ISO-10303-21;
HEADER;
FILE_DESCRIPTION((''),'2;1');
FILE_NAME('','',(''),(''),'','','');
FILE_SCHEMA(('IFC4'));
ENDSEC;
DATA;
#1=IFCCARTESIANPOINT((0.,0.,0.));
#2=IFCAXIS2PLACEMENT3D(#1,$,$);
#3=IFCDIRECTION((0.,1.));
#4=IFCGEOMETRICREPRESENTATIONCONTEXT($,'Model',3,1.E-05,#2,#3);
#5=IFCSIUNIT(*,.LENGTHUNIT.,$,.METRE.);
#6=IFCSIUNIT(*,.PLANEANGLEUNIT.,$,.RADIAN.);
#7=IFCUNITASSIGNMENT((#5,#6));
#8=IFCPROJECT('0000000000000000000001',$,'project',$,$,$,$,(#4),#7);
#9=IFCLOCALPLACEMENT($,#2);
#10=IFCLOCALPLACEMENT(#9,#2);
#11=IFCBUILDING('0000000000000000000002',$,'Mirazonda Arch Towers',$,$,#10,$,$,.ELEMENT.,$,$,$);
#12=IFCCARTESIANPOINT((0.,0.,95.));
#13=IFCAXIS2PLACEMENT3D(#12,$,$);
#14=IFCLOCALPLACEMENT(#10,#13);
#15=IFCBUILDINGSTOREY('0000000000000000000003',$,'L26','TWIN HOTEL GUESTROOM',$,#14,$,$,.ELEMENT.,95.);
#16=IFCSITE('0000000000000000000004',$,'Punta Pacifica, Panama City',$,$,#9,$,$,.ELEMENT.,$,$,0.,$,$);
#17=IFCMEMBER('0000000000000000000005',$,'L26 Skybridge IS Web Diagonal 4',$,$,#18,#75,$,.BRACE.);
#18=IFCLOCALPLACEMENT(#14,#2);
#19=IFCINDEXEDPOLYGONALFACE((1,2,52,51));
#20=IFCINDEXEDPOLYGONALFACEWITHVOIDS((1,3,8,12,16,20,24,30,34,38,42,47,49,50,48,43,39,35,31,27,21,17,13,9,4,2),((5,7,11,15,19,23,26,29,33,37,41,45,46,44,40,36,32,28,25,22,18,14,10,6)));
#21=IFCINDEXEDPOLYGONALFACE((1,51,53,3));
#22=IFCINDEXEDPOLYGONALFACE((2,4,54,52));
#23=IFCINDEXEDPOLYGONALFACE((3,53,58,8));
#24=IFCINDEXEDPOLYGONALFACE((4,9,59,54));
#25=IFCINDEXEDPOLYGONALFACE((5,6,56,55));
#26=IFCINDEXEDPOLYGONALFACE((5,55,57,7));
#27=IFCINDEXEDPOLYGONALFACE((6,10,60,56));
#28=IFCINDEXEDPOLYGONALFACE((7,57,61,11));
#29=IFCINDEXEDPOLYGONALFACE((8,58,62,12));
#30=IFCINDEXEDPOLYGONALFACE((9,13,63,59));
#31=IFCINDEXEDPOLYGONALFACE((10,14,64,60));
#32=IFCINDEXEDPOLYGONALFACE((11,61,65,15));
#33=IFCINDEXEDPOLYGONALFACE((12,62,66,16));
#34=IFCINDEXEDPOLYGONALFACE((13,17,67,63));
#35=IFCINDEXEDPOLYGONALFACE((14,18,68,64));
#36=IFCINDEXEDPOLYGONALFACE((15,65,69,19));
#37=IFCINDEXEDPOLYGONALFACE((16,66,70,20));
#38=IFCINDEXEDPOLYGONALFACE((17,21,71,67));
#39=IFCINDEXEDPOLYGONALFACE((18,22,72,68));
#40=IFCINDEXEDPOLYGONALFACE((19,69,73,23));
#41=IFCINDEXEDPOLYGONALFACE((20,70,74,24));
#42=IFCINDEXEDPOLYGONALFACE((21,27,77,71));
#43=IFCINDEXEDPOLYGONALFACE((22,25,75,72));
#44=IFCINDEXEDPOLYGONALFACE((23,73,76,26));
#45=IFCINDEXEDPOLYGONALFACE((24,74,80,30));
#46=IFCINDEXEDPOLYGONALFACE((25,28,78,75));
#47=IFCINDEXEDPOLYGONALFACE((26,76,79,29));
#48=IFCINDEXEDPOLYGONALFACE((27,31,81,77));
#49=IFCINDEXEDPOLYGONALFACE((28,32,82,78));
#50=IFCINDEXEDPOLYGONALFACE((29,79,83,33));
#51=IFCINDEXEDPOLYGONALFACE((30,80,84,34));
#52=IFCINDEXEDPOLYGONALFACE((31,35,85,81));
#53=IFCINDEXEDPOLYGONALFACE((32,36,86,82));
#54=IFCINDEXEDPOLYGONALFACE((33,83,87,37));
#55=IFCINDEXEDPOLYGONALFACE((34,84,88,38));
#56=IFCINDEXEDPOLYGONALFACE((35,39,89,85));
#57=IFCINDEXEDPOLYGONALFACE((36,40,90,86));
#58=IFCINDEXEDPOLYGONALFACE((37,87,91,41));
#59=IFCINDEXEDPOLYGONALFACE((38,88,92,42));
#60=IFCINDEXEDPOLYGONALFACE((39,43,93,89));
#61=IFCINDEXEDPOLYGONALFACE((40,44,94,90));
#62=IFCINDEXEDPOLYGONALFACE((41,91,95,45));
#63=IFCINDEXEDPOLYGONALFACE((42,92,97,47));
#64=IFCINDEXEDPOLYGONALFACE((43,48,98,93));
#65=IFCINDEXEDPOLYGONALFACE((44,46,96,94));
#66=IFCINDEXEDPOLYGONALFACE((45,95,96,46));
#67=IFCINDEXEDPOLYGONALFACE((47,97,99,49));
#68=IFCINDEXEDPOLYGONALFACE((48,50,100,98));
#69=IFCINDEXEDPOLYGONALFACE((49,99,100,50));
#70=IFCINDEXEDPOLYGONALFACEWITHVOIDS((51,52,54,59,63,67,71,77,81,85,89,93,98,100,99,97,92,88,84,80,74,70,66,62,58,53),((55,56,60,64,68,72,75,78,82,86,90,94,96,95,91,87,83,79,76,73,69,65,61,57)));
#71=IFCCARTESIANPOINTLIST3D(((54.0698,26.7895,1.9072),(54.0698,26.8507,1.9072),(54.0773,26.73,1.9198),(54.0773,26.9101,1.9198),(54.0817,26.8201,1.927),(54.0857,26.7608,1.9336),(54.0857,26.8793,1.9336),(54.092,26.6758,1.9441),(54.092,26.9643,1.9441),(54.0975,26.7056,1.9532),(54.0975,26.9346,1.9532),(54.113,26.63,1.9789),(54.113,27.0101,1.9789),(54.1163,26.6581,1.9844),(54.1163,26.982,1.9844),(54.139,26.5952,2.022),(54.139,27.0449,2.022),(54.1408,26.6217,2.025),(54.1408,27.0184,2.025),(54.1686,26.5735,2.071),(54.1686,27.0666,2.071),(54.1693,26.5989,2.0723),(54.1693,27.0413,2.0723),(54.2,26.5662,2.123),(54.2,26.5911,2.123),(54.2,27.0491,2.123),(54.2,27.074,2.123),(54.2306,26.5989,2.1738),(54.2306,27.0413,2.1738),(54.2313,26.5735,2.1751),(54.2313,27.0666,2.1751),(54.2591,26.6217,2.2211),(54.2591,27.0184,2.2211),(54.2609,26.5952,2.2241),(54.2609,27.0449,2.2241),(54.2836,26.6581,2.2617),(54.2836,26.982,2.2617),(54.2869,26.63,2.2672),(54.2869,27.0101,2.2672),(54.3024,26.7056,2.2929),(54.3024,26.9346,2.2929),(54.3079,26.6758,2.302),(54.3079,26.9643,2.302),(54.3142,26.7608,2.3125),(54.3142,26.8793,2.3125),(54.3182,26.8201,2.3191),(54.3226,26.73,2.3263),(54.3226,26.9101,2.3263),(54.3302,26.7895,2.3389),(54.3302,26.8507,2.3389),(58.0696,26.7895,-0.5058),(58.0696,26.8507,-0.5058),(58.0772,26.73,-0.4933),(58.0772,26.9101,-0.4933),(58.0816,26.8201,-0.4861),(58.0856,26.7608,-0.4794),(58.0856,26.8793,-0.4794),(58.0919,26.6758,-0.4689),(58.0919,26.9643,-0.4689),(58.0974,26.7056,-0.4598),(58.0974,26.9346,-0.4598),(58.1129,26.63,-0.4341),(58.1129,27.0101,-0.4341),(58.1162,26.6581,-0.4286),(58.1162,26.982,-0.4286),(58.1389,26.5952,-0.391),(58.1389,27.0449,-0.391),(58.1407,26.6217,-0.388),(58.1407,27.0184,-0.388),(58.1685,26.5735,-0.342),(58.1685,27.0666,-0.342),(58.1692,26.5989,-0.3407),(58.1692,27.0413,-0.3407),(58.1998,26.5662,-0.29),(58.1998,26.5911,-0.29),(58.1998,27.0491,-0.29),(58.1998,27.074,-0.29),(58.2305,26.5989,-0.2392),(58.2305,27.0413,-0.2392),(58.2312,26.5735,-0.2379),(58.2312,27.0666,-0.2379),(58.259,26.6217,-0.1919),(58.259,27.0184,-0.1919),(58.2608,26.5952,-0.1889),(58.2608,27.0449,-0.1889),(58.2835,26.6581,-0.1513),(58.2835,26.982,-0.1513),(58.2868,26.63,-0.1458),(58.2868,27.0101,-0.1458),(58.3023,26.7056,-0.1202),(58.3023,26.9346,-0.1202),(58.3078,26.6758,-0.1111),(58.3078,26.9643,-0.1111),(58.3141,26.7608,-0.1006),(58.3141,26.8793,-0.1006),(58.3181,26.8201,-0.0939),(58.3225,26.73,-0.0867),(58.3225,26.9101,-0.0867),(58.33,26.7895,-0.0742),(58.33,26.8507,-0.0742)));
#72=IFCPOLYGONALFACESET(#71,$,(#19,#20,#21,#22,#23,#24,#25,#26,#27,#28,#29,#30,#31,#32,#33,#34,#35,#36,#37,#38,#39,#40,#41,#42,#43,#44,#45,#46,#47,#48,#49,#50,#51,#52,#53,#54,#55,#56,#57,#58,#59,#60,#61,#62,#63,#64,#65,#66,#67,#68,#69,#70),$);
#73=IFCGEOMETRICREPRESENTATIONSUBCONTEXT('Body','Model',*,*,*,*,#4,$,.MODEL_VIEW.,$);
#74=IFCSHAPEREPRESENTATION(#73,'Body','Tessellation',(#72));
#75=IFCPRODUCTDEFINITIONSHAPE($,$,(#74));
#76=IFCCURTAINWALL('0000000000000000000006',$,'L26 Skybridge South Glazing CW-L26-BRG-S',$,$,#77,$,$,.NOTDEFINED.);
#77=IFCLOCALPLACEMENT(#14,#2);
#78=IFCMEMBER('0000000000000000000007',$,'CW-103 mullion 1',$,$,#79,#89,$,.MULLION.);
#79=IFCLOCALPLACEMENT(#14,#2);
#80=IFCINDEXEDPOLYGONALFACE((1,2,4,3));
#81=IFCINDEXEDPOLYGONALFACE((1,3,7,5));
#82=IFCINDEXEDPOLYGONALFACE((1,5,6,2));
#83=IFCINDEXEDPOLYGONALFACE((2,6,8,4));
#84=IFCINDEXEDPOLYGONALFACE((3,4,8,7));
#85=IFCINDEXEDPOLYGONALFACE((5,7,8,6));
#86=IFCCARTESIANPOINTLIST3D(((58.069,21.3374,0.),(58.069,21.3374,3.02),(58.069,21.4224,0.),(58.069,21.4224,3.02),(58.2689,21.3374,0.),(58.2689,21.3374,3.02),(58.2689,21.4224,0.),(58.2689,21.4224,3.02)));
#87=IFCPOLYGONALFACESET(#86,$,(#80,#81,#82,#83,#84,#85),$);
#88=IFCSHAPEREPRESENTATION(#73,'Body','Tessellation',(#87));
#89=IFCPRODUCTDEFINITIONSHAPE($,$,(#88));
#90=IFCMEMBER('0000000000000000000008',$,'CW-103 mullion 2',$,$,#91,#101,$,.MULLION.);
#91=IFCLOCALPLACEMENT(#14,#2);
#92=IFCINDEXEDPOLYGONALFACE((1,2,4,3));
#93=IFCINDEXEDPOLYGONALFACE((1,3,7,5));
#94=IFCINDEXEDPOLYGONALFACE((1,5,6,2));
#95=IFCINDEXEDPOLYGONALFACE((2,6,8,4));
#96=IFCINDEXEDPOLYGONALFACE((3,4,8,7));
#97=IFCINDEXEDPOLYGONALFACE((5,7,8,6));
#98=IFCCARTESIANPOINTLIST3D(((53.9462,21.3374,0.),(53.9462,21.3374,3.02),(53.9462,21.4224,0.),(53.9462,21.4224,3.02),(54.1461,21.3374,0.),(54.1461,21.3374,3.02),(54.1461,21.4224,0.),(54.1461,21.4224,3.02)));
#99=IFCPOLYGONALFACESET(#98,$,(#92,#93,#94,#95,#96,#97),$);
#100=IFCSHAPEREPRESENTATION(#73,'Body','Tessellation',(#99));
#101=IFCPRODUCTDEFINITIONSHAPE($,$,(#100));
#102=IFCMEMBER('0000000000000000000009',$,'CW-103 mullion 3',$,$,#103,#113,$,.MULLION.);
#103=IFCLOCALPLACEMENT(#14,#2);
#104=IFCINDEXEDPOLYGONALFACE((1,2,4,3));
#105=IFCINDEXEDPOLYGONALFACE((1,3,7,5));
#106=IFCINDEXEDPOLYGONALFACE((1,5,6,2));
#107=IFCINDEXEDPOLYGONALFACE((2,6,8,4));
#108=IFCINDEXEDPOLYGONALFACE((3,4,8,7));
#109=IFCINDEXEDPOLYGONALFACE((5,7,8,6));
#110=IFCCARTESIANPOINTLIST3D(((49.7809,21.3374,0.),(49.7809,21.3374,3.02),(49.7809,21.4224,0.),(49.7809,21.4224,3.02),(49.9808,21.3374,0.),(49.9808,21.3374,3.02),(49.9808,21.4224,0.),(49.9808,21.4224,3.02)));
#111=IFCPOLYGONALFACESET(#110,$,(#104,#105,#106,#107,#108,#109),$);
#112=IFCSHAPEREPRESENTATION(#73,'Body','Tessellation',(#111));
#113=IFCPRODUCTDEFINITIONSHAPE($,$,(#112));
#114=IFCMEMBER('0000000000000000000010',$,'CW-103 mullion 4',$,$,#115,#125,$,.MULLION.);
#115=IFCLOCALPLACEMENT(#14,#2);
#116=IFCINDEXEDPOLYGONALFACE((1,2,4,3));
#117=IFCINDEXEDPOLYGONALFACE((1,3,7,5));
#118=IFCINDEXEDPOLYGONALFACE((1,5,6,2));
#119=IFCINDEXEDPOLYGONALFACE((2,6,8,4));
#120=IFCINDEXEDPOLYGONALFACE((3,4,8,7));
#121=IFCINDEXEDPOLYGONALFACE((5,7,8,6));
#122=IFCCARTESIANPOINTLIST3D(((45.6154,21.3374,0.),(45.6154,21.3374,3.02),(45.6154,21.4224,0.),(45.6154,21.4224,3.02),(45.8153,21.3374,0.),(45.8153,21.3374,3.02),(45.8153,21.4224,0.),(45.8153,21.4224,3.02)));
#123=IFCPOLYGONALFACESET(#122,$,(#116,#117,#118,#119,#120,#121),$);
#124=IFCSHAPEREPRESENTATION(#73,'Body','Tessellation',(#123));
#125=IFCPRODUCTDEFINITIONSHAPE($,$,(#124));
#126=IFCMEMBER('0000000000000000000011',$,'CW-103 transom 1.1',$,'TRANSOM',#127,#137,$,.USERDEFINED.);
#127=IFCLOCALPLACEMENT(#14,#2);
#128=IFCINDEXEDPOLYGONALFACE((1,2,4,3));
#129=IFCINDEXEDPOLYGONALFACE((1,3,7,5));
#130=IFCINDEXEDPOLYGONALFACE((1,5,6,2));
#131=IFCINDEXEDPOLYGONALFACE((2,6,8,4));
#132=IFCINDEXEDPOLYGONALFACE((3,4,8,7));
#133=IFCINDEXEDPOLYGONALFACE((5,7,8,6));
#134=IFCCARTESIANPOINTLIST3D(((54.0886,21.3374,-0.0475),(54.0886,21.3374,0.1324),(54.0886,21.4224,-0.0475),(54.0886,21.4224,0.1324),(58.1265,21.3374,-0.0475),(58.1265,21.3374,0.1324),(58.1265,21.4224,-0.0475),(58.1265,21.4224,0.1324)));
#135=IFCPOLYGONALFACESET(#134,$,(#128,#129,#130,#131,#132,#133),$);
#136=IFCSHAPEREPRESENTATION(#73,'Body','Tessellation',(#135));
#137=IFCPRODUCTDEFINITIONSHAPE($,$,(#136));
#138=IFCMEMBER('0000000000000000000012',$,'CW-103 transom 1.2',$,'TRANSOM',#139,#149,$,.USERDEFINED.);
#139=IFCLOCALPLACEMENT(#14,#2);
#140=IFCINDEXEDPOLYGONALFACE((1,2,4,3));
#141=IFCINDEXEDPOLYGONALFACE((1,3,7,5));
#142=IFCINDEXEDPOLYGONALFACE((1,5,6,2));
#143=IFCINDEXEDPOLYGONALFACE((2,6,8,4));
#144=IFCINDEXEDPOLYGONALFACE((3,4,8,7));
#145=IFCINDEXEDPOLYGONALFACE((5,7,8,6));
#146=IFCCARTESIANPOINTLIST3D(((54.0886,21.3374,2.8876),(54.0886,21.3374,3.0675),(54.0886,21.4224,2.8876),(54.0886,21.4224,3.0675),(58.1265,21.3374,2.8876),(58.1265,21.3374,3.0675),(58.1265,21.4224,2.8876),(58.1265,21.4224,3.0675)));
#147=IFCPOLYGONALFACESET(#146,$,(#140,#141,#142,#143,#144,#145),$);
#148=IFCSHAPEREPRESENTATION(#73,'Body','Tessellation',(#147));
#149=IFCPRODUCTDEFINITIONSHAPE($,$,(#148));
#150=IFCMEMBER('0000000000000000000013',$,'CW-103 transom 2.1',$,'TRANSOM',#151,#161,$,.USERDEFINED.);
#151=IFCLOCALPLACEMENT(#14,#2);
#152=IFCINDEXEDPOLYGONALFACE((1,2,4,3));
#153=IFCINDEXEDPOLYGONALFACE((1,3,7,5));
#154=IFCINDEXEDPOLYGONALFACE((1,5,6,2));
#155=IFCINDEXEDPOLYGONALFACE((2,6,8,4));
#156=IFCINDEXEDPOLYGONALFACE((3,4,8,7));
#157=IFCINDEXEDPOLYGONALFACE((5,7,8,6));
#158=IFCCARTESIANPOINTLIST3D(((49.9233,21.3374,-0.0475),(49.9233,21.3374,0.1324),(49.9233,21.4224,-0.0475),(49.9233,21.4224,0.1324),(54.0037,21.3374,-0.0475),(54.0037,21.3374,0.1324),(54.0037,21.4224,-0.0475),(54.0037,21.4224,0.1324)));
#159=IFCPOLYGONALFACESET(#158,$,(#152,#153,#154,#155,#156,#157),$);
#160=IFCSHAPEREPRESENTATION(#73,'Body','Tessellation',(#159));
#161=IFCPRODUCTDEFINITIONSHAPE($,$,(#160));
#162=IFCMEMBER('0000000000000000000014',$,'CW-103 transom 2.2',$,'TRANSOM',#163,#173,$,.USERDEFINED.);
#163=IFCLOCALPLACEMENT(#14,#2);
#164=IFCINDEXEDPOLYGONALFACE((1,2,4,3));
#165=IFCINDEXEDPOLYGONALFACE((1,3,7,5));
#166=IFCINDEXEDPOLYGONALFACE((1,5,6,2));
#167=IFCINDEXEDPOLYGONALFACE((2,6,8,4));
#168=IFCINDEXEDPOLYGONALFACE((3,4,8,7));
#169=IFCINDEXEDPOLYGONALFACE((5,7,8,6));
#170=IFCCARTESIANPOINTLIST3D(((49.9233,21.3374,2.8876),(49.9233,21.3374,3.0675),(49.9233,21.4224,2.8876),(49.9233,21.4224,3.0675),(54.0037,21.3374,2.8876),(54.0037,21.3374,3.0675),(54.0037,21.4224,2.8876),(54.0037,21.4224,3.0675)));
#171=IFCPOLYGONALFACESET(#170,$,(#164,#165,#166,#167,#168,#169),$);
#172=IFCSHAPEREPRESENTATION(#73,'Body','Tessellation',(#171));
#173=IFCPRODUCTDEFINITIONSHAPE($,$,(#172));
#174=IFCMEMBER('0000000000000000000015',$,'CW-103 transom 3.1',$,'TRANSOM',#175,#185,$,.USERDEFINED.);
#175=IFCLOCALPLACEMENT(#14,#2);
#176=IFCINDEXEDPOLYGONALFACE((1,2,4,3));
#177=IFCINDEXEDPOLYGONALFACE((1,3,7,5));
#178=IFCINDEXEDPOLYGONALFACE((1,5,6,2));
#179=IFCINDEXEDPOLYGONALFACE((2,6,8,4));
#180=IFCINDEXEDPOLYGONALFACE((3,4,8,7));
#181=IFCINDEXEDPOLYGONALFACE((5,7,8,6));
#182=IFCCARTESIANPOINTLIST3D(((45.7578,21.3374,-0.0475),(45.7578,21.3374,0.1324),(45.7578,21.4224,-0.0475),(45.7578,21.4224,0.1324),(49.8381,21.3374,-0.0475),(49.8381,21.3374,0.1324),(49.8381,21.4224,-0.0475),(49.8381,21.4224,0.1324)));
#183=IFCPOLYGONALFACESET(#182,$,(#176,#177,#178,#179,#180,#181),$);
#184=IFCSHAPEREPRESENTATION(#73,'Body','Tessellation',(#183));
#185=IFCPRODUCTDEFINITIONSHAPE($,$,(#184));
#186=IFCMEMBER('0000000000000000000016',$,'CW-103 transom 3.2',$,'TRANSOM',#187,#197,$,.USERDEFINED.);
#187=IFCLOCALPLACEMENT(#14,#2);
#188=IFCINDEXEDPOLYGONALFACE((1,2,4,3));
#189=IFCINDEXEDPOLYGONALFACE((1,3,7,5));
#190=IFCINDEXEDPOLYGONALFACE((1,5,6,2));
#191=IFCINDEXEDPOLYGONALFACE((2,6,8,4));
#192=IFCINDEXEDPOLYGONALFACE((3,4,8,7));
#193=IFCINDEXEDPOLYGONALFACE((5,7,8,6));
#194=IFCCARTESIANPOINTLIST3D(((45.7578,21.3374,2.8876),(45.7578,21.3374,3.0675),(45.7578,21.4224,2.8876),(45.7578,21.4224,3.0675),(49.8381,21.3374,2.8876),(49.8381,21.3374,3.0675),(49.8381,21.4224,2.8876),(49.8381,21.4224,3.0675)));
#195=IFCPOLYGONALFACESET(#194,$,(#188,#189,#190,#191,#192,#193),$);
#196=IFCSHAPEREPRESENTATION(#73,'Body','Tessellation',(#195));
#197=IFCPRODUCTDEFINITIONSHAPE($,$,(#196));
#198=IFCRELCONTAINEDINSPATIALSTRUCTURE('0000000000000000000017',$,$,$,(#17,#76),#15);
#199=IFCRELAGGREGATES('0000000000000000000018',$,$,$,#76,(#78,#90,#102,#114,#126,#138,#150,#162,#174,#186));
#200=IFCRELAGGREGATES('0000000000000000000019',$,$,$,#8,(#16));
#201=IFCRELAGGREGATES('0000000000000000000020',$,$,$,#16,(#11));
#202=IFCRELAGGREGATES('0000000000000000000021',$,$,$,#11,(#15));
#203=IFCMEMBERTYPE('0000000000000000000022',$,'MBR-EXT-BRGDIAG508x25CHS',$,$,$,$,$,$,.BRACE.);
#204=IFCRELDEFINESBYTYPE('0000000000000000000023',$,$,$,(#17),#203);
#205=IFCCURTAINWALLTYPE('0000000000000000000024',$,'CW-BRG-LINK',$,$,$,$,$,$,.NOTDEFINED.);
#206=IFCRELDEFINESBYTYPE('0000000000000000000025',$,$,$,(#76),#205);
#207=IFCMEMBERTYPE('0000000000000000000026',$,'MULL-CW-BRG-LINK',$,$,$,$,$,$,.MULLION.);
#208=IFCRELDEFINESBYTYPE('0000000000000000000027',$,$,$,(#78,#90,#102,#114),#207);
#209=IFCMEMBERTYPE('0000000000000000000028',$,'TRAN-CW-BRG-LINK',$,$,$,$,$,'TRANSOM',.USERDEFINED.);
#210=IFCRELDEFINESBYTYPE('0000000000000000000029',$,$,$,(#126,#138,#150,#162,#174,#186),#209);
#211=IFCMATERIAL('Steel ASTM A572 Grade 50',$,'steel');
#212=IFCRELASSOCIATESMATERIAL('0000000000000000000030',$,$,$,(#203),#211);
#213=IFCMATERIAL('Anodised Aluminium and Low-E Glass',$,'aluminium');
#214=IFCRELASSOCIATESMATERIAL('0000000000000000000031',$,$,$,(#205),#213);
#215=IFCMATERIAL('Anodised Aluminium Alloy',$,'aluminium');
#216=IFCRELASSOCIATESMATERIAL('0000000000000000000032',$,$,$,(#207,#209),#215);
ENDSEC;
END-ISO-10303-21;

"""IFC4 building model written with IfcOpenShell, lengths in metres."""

from ifc_helpers import new_model, si_unit, direction, frame, origin, origin_2d, place, context, subcontext, project, spatial, rectangle, hollow_circle, extrude, material, material_profile, profile_set, type_object, element, aggregate, save


model = new_model("IFC4")

# Units and contexts
model_context = context("Model", 3, precision=1e-05, world=origin(), true_north=direction((0.0, 1.0)))
body_context = subcontext(model_context, "Body", "Model", "MODEL_VIEW")
ifc_project = project(units=[si_unit("LENGTHUNIT", "METRE"), si_unit("PLANEANGLEUNIT", "RADIAN")], contexts=[model_context])

# Site, building, storey
site_placement = place(None, origin())
site = spatial("IfcSite", under=ifc_project, at=site_placement, Name="Punta Pacifica, Panama City", CompositionType="ELEMENT", RefElevation=0.0)
building_placement = place(site_placement, origin())
building = spatial("IfcBuilding", under=site, at=building_placement, Name="Mirazonda Arch Towers", CompositionType="ELEMENT")
storey_placement = place(building_placement, frame((0.0, 0.0, 95.0)))
storey = spatial("IfcBuildingStorey", under=building, at=storey_placement, Name="L26", Description="TWIN HOTEL GUESTROOM", CompositionType="ELEMENT", Elevation=95.0)

# Member
ifc_material_1 = material(Name="Steel ASTM A572 Grade 50", Category="steel")
ifc_material_profile_1 = material_profile(ifc_material_1, hollow_circle(Radius=0.2539, WallThickness=0.0249, at=origin_2d()), Name="BRGDIAG508x25CHS")
ifc_profile_set_1 = profile_set([ifc_material_profile_1], Name="Steel ASTM A572 Grade 50")
member_type_1 = type_object("IfcMemberType", Name="MBR-EXT-BRGDIAG508x25CHS", PredefinedType="BRACE", material=ifc_profile_set_1)
for number, where, z_axis, x_axis, name in (
    (1, (54.2, 26.8201, 2.123), (0.856255, 0.0, -0.516554), (0.0, 1.0, 0.0), "L26 Skybridge IS Web Diagonal 4"),
):
    element("IfcMember", number, at=place(storey_placement, frame(where, z_axis=z_axis, x_axis=x_axis)), inside=storey, type_object=member_type_1, Name=name, PredefinedType="BRACE", context=body_context, shape_type="SweptSolid", body=[
        extrude(hollow_circle(Radius=0.2539, WallThickness=0.0249, at=origin_2d()), origin(), (0.0, 0.0, 1.0), 4.6714),
    ])

# Curtain wall, members
ifc_material_2 = material(Name="Anodised Aluminium and Low-E Glass", Category="aluminium")
curtain_wall_type = type_object("IfcCurtainWallType", Name="CW-BRG-LINK", PredefinedType="NOTDEFINED", material=ifc_material_2)
curtain_wall_placement = place(storey_placement, origin())
curtain_wall = element("IfcCurtainWall", 2, at=curtain_wall_placement, inside=storey, type_object=curtain_wall_type, Name="L26 Skybridge South Glazing CW-L26-BRG-S", PredefinedType="NOTDEFINED")
ifc_material_3 = material(Name="Anodised Aluminium Alloy", Category="aluminium")
ifc_material_profile_2 = material_profile(ifc_material_3, rectangle(XDim=0.085, YDim=0.2, at=origin_2d()), Name="ALU-MULL-85x200")
ifc_profile_set_2 = profile_set([ifc_material_profile_2], Name="Anodised Aluminium Alloy")
member_type_2 = type_object("IfcMemberType", Name="MULL-CW-BRG-LINK", PredefinedType="MULLION", material=ifc_profile_set_2)
member_1_placement = place(storey_placement, frame((58.1689, 21.3799, 0.0), z_axis=(0.0, 0.0, 1.0), x_axis=(0.0, -1.0, 0.0)))
member_1 = element("IfcMember", 3, at=member_1_placement, type_object=member_type_2, Name="CW-103 mullion 1", PredefinedType="MULLION", context=body_context, shape_type="SweptSolid", body=[
    extrude(rectangle(XDim=0.085, YDim=0.2, at=origin_2d()), origin(), (0.0, 0.0, 1.0), 3.02),
])
member_2_placement = place(storey_placement, frame((54.0461, 21.3799, 0.0), z_axis=(0.0, 0.0, 1.0), x_axis=(0.0, -1.0, 0.0)))
member_2 = element("IfcMember", 4, at=member_2_placement, type_object=member_type_2, Name="CW-103 mullion 2", PredefinedType="MULLION", context=body_context, shape_type="SweptSolid", body=[
    extrude(rectangle(XDim=0.085, YDim=0.2, at=origin_2d()), origin(), (0.0, 0.0, 1.0), 3.02),
])
member_3_placement = place(storey_placement, frame((49.8809, 21.3799, 0.0), z_axis=(0.0, 0.0, 1.0), x_axis=(0.0, -1.0, 0.0)))
member_3 = element("IfcMember", 5, at=member_3_placement, type_object=member_type_2, Name="CW-103 mullion 3", PredefinedType="MULLION", context=body_context, shape_type="SweptSolid", body=[
    extrude(rectangle(XDim=0.085, YDim=0.2, at=origin_2d()), origin(), (0.0, 0.0, 1.0), 3.02),
])
member_4_placement = place(storey_placement, frame((45.7153, 21.3799, 0.0), z_axis=(0.0, 0.0, 1.0), x_axis=(0.0, -1.0, 0.0)))
member_4 = element("IfcMember", 6, at=member_4_placement, type_object=member_type_2, Name="CW-103 mullion 4", PredefinedType="MULLION", context=body_context, shape_type="SweptSolid", body=[
    extrude(rectangle(XDim=0.085, YDim=0.2, at=origin_2d()), origin(), (0.0, 0.0, 1.0), 3.02),
])
ifc_material_profile_3 = material_profile(ifc_material_3, rectangle(XDim=0.085, YDim=0.1799, at=origin_2d()), Name="ALU-TRAN-85x180")
ifc_profile_set_3 = profile_set([ifc_material_profile_3], Name="Anodised Aluminium Alloy")
member_type_3 = type_object("IfcMemberType", Name="TRAN-CW-BRG-LINK", ElementType="TRANSOM", PredefinedType="USERDEFINED", material=ifc_profile_set_3)
member_5_placement = place(storey_placement, frame((58.1265, 21.3799, 0.0425), z_axis=(-1.0, 0.0, 0.0), x_axis=(0.0, -1.0, 0.0)))
member_5 = element("IfcMember", 7, at=member_5_placement, type_object=member_type_3, Name="CW-103 transom 1.1", ObjectType="TRANSOM", PredefinedType="USERDEFINED", context=body_context, shape_type="SweptSolid", body=[
    extrude(rectangle(XDim=0.085, YDim=0.1799, at=origin_2d()), origin(), (0.0, 0.0, 1.0), 4.0378),
])
member_6_placement = place(storey_placement, frame((58.1265, 21.3799, 2.9775), z_axis=(-1.0, 0.0, 0.0), x_axis=(0.0, -1.0, 0.0)))
member_6 = element("IfcMember", 8, at=member_6_placement, type_object=member_type_3, Name="CW-103 transom 1.2", ObjectType="TRANSOM", PredefinedType="USERDEFINED", context=body_context, shape_type="SweptSolid", body=[
    extrude(rectangle(XDim=0.085, YDim=0.1799, at=origin_2d()), origin(), (0.0, 0.0, 1.0), 4.0378),
])
member_7_placement = place(storey_placement, frame((54.0037, 21.3799, 0.0425), z_axis=(-1.0, 0.0, 0.0), x_axis=(0.0, -1.0, 0.0)))
member_7 = element("IfcMember", 9, at=member_7_placement, type_object=member_type_3, Name="CW-103 transom 2.1", ObjectType="TRANSOM", PredefinedType="USERDEFINED", context=body_context, shape_type="SweptSolid", body=[
    extrude(rectangle(XDim=0.085, YDim=0.1799, at=origin_2d()), origin(), (0.0, 0.0, 1.0), 4.0803),
])
member_8_placement = place(storey_placement, frame((54.0037, 21.3799, 2.9775), z_axis=(-1.0, 0.0, 0.0), x_axis=(0.0, -1.0, 0.0)))
member_8 = element("IfcMember", 10, at=member_8_placement, type_object=member_type_3, Name="CW-103 transom 2.2", ObjectType="TRANSOM", PredefinedType="USERDEFINED", context=body_context, shape_type="SweptSolid", body=[
    extrude(rectangle(XDim=0.085, YDim=0.1799, at=origin_2d()), origin(), (0.0, 0.0, 1.0), 4.0803),
])
member_9_placement = place(storey_placement, frame((49.8381, 21.3799, 0.0425), z_axis=(-1.0, 0.0, 0.0), x_axis=(0.0, -1.0, 0.0)))
member_9 = element("IfcMember", 11, at=member_9_placement, type_object=member_type_3, Name="CW-103 transom 3.1", ObjectType="TRANSOM", PredefinedType="USERDEFINED", context=body_context, shape_type="SweptSolid", body=[
    extrude(rectangle(XDim=0.085, YDim=0.1799, at=origin_2d()), origin(), (0.0, 0.0, 1.0), 4.0803),
])
member_10_placement = place(storey_placement, frame((49.8381, 21.3799, 2.9775), z_axis=(-1.0, 0.0, 0.0), x_axis=(0.0, -1.0, 0.0)))
member_10 = element("IfcMember", 12, at=member_10_placement, type_object=member_type_3, Name="CW-103 transom 3.2", ObjectType="TRANSOM", PredefinedType="USERDEFINED", context=body_context, shape_type="SweptSolid", body=[
    extrude(rectangle(XDim=0.085, YDim=0.1799, at=origin_2d()), origin(), (0.0, 0.0, 1.0), 4.0803),
])
aggregate(curtain_wall, [member_1, member_2, member_3, member_4, member_5, member_6, member_7, member_8, member_9, member_10])

save(model, "model.ifc")
